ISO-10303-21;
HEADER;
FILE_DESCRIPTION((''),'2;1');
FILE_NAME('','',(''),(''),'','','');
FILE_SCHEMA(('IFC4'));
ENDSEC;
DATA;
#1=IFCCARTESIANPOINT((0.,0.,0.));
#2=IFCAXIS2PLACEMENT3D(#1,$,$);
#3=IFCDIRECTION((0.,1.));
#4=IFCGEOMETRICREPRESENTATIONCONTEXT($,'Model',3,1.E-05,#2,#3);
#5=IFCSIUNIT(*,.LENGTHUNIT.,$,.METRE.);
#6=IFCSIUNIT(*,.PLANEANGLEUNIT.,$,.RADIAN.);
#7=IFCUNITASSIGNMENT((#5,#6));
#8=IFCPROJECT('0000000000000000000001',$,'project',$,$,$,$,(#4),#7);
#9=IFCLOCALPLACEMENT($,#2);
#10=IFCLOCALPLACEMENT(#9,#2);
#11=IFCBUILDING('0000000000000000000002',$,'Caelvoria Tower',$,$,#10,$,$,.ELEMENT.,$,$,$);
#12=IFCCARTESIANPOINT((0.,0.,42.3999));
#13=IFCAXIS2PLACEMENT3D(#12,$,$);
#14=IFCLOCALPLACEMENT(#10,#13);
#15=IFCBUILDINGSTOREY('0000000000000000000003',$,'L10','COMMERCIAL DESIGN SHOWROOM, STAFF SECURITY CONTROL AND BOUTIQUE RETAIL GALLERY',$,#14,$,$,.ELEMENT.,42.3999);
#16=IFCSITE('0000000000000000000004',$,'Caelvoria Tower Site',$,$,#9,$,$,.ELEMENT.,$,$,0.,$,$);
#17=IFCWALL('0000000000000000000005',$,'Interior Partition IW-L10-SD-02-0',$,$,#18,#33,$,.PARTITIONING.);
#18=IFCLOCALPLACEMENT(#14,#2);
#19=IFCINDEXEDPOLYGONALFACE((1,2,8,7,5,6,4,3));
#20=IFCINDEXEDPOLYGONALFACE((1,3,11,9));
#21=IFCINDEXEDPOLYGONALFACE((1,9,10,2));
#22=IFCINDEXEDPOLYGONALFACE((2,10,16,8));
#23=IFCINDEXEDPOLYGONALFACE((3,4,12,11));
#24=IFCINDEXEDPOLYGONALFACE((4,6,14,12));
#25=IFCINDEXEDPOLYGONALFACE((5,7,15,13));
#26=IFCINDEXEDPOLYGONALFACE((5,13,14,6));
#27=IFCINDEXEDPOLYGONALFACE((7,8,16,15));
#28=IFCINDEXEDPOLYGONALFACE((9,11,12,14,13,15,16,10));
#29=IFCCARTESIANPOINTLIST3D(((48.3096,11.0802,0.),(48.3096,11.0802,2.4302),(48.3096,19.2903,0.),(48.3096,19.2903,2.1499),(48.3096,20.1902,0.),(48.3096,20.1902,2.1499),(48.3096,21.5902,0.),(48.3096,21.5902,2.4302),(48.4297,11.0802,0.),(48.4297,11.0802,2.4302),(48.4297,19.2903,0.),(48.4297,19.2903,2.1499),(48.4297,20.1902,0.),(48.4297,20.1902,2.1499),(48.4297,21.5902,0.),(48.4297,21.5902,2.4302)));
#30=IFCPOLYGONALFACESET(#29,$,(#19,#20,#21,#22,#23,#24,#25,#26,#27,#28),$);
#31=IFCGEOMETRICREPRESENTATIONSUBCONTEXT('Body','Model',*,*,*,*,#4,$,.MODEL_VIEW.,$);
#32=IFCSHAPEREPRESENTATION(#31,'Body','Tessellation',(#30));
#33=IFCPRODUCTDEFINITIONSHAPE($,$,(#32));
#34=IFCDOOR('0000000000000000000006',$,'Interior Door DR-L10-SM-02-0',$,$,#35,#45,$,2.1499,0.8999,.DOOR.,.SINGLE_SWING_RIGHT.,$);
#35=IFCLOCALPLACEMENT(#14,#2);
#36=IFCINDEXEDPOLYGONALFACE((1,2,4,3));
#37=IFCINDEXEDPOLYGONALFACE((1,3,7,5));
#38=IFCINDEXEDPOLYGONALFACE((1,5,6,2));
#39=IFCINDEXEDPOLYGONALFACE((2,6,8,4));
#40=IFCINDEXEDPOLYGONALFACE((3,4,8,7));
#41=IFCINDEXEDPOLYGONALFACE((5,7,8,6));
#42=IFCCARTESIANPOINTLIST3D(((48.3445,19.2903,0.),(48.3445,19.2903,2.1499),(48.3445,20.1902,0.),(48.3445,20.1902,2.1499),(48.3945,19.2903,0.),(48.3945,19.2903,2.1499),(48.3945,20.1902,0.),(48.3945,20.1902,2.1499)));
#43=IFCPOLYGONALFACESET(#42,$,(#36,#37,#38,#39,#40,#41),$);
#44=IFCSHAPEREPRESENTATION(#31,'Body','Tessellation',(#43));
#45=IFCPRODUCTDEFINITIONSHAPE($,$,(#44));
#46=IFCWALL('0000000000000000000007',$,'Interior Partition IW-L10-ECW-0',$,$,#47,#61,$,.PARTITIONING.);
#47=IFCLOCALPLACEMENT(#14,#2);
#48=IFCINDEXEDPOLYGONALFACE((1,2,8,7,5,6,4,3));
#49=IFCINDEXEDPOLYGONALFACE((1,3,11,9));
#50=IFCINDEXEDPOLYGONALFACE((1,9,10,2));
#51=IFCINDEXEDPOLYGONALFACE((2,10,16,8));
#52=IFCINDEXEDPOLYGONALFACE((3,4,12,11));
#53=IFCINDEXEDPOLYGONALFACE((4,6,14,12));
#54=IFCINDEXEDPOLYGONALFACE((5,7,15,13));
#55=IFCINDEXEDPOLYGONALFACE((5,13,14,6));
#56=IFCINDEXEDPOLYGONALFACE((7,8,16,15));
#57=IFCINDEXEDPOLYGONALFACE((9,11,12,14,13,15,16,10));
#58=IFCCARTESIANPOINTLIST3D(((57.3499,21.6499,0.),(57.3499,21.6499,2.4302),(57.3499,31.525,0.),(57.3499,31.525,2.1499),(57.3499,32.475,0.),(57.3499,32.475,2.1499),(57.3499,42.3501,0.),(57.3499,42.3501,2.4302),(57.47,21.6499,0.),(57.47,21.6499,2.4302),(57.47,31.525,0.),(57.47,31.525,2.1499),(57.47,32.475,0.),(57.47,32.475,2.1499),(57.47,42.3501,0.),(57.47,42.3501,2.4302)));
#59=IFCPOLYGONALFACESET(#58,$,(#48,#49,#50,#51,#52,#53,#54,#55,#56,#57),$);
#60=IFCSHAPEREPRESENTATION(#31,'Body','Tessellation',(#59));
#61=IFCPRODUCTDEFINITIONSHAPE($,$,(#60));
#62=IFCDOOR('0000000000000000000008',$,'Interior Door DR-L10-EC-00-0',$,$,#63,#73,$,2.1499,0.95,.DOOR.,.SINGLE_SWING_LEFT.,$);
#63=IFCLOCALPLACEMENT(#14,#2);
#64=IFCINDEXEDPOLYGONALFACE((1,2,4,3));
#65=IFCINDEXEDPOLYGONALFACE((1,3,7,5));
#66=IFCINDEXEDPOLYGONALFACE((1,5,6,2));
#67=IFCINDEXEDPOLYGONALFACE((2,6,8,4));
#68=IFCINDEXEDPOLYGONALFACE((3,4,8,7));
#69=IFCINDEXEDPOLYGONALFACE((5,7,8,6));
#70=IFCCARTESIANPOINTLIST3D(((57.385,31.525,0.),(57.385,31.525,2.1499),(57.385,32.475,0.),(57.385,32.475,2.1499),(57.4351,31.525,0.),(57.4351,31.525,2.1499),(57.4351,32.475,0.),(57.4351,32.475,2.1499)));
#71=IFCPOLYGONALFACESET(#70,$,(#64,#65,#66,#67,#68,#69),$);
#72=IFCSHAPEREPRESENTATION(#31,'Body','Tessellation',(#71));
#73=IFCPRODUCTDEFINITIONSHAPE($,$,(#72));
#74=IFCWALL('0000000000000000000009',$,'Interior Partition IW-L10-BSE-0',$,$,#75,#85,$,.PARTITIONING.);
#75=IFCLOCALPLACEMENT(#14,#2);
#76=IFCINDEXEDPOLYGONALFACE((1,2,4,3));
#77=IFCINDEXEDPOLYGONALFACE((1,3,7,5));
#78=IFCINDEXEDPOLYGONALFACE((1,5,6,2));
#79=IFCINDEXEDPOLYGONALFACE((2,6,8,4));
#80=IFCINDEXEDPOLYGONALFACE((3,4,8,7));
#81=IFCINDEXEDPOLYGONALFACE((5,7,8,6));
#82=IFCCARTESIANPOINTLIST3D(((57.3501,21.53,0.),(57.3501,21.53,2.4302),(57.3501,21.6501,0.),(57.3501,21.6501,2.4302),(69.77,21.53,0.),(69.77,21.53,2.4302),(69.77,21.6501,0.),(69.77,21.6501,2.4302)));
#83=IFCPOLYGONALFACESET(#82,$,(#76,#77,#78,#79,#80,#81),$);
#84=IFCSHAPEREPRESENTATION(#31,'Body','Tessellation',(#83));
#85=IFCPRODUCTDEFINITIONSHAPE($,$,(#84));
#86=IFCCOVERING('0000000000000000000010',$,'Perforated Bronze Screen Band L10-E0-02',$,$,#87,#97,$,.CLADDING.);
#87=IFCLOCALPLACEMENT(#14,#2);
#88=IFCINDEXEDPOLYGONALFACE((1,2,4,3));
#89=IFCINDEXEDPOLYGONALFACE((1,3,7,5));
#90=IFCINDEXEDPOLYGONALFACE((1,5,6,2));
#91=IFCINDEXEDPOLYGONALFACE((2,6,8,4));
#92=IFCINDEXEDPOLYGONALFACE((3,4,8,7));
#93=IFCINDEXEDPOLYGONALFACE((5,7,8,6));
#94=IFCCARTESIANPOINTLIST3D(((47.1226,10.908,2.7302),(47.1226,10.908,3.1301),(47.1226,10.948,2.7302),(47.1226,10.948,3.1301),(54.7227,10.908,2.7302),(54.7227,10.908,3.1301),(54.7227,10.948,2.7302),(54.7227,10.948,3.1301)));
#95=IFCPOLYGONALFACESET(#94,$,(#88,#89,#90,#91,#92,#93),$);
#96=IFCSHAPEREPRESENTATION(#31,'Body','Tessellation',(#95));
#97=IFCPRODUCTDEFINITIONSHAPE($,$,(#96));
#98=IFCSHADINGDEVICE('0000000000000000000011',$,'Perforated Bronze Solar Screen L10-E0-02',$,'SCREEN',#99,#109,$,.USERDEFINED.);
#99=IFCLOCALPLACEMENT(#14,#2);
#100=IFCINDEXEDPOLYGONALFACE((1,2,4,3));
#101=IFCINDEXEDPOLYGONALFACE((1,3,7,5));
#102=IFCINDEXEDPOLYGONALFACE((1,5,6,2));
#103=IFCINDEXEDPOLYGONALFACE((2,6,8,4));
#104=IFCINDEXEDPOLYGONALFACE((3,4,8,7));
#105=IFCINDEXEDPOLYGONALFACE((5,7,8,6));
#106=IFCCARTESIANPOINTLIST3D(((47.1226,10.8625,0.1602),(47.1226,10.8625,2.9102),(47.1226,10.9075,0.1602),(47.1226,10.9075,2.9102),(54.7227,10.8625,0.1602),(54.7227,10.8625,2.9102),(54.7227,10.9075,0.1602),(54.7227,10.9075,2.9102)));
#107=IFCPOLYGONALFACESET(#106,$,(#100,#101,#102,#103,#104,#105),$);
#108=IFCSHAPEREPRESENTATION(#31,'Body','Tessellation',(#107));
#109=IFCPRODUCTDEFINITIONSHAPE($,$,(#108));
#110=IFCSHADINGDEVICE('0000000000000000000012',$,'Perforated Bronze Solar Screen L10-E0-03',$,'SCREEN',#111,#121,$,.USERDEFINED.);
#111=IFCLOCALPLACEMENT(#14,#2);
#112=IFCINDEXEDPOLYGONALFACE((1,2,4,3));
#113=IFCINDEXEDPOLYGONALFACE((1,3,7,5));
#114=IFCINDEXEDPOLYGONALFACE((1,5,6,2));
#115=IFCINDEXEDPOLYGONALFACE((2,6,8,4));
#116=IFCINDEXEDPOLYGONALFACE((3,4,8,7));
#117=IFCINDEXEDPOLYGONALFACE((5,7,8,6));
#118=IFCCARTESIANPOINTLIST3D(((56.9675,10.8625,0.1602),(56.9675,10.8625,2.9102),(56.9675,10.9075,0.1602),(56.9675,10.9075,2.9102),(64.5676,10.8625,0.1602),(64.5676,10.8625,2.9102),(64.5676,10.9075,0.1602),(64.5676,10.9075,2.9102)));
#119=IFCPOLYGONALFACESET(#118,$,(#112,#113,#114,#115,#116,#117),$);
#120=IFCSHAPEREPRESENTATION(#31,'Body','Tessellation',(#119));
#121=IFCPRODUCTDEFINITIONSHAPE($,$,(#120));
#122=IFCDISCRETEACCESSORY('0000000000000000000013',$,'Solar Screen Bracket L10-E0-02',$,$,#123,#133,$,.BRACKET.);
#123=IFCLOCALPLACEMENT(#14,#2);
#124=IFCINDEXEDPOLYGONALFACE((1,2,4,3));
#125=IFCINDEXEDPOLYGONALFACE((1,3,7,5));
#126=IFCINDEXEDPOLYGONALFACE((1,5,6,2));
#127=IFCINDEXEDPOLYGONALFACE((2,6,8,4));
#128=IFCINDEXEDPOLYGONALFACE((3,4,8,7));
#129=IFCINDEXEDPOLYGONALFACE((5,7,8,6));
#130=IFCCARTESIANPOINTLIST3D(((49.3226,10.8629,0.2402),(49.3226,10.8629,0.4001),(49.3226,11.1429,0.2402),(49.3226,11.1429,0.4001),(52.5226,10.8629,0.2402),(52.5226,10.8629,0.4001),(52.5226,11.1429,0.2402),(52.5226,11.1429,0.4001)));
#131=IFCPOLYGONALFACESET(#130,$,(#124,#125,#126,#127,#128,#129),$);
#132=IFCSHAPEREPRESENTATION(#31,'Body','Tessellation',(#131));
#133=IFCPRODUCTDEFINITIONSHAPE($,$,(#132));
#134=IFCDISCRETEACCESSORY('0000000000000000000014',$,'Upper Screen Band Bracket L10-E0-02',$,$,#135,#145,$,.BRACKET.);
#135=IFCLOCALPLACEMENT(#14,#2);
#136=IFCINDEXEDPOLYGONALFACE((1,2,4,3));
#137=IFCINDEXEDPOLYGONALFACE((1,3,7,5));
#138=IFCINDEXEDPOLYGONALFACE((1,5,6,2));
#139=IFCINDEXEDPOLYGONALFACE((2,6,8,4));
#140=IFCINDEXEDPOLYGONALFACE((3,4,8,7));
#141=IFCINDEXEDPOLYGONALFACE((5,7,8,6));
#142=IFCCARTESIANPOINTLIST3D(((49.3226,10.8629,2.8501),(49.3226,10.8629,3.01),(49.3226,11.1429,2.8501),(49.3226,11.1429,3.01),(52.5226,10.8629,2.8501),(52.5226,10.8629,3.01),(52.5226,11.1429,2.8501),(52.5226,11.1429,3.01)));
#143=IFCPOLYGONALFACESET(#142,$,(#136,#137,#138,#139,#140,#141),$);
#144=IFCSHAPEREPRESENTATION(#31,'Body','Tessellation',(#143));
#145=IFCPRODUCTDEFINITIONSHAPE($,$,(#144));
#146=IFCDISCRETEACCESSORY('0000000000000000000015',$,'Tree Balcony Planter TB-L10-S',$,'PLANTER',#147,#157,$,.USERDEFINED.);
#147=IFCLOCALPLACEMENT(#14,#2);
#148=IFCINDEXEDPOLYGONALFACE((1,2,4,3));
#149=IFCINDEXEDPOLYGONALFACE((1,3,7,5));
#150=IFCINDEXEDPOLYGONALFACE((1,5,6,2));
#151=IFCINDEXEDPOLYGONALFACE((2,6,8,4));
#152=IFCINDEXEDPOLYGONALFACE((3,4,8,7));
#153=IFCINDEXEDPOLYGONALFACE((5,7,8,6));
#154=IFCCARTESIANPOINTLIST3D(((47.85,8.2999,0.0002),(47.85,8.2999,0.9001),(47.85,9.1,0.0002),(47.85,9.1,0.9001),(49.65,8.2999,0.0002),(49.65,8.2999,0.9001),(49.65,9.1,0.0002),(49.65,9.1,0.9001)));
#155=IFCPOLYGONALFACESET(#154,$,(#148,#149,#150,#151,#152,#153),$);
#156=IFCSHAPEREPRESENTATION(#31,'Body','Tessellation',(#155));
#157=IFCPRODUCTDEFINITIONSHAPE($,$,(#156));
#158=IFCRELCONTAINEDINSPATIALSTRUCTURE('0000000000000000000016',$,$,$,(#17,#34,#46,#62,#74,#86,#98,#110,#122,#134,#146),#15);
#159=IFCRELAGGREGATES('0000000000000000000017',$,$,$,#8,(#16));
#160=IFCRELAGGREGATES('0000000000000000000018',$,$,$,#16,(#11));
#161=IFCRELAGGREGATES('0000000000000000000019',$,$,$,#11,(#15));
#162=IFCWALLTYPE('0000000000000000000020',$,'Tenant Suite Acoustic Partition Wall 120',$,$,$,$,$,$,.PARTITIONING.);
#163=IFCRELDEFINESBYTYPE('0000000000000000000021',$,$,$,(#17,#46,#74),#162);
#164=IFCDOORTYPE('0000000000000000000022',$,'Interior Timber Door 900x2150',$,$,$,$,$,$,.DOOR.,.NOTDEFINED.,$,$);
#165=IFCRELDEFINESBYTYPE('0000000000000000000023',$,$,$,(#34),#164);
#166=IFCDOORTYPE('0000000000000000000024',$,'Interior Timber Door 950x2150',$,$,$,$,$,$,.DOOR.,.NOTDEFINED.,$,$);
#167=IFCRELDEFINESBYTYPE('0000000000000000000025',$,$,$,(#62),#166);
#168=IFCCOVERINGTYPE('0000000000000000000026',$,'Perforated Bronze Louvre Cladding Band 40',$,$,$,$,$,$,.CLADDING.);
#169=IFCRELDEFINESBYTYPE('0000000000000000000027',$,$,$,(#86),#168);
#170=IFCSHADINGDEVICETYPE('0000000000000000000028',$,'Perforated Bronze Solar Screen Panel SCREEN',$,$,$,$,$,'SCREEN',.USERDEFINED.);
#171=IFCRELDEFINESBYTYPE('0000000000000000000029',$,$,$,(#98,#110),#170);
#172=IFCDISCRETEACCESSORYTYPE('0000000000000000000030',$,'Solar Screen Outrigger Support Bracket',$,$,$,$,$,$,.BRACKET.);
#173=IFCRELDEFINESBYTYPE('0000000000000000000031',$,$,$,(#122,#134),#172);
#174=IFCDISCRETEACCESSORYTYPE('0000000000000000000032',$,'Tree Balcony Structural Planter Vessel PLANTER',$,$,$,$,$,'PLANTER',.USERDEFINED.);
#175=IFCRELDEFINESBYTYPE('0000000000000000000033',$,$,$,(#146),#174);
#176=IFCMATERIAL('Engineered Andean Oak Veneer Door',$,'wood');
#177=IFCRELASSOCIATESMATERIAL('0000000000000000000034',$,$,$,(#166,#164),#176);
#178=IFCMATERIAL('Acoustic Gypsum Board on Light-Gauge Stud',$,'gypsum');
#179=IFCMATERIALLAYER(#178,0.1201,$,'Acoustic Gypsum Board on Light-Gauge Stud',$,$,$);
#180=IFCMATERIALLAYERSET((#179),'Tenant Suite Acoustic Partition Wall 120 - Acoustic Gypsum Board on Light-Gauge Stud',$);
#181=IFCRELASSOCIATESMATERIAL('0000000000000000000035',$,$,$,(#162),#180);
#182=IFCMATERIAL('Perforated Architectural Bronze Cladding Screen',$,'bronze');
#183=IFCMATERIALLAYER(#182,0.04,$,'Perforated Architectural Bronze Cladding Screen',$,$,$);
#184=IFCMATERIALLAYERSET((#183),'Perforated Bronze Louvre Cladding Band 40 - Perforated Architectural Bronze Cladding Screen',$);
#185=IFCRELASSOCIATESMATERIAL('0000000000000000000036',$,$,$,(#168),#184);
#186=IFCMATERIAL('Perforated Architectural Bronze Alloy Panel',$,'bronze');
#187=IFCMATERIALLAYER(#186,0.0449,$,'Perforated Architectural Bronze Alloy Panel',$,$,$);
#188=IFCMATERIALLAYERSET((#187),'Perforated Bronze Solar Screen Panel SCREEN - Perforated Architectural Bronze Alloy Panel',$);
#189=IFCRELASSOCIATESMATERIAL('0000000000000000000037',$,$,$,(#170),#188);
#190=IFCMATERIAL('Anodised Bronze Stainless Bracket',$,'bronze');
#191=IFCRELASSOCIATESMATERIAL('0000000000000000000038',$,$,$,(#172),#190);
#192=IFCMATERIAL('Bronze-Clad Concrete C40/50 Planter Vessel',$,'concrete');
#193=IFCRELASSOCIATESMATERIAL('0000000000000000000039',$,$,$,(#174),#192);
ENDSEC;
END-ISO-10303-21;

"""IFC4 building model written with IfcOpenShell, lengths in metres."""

from ifc_helpers import new_model, si_unit, direction, frame, frame_2d, origin, origin_2d, place, context, subcontext, project, spatial, rectangle, extrude, material, layer, layer_set, type_object, element, fill, save


model = new_model("IFC4")

# Units and contexts
model_context = context("Model", 3, precision=1e-05, world=origin(), true_north=direction((0.0, 1.0)))
body_context = subcontext(model_context, "Body", "Model", "MODEL_VIEW")
ifc_project = project(units=[si_unit("LENGTHUNIT", "METRE"), si_unit("PLANEANGLEUNIT", "RADIAN")], contexts=[model_context])

# Site, building, storey
site_placement = place(None, origin())
site = spatial("IfcSite", under=ifc_project, at=site_placement, Name="Caelvoria Tower Site", CompositionType="ELEMENT", RefElevation=0.0)
building_placement = place(site_placement, origin())
building = spatial("IfcBuilding", under=site, at=building_placement, Name="Caelvoria Tower", CompositionType="ELEMENT")
storey_placement = place(building_placement, frame((0.0, 0.0, 42.3999)))
storey = spatial("IfcBuildingStorey", under=building, at=storey_placement, Name="L10", Description="COMMERCIAL DESIGN SHOWROOM, STAFF SECURITY CONTROL AND BOUTIQUE RETAIL GALLERY", CompositionType="ELEMENT", Elevation=42.3999)

# Shared definitions
ifc_material_1 = material(Name="Engineered Andean Oak Veneer Door", Category="wood")
door_type_1 = type_object("IfcDoorType", Name="Interior Timber Door 950x2150", OperationType="NOTDEFINED", PredefinedType="DOOR", material=ifc_material_1)

# Walls, openings, doors
ifc_material_2 = material(Name="Acoustic Gypsum Board on Light-Gauge Stud", Category="gypsum")
ifc_layer_1 = layer(ifc_material_2, 0.1201, Name="Acoustic Gypsum Board on Light-Gauge Stud")
ifc_layer_set_1 = layer_set([ifc_layer_1], Name="Tenant Suite Acoustic Partition Wall 120 - Acoustic Gypsum Board on Light-Gauge Stud")
wall_type_1 = type_object("IfcWallType", Name="Tenant Suite Acoustic Partition Wall 120", PredefinedType="PARTITIONING", material=ifc_layer_set_1)
door_type_2 = type_object("IfcDoorType", Name="Interior Timber Door 900x2150", OperationType="NOTDEFINED", PredefinedType="DOOR", material=ifc_material_1)
wall_1_placement = place(storey_placement, frame((48.3696, 21.5901, 0.0), z_axis=(0.0, 0.0, 1.0), x_axis=(0.0, -1.0, 0.0)))
wall_1 = element("IfcWall", 1, at=wall_1_placement, inside=storey, type_object=wall_type_1, Name="Interior Partition IW-L10-SD-02-0", PredefinedType="PARTITIONING", context=body_context, shape_type="SweptSolid", body=[
    extrude(rectangle(XDim=10.51, YDim=0.1201, at=frame_2d((5.2549, 0.0))), origin(), (0.0, 0.0, 1.0), 2.4302),
])
opening_1_placement = place(wall_1_placement, frame((1.3999, 0.0, 0.0)))
opening_1 = element("IfcOpeningElement", 2, at=opening_1_placement, cuts=wall_1, PredefinedType="OPENING", context=body_context, shape_type="SweptSolid", body=[
    extrude(rectangle(XDim=0.8999, YDim=2.1499, at=frame_2d((0.45, 1.075))), frame((0.0, 0.0701, 0.0), z_axis=(0.0, -1.0, 0.0), x_axis=(1.0, 0.0, 0.0)), (0.0, 0.0, 1.0), 0.1401),
])
door_1_placement = place(opening_1_placement, origin())
door_1 = element("IfcDoor", 3, at=door_1_placement, inside=storey, type_object=door_type_2, Name="Interior Door DR-L10-SM-02-0", OperationType="SINGLE_SWING_RIGHT", OverallHeight=2.1499, OverallWidth=0.8999, PredefinedType="DOOR", context=body_context, shape_type="SweptSolid", body=[
    extrude(rectangle(XDim=0.8999, YDim=2.1499, at=frame_2d((0.45, 1.075))), frame((0.0, 0.0249, 0.0), z_axis=(0.0, -1.0, 0.0), x_axis=(1.0, 0.0, 0.0)), (0.0, 0.0, 1.0), 0.05),
])
fill(opening_1, door_1)
wall_2_placement = place(storey_placement, frame((57.4099, 21.6499, 0.0), z_axis=(0.0, 0.0, 1.0), x_axis=(0.0, 1.0, 0.0)))
wall_2 = element("IfcWall", 4, at=wall_2_placement, inside=storey, type_object=wall_type_1, Name="Interior Partition IW-L10-ECW-0", PredefinedType="PARTITIONING", context=body_context, shape_type="SweptSolid", body=[
    extrude(rectangle(XDim=20.7002, YDim=0.1201, at=frame_2d((10.3501, 0.0))), origin(), (0.0, 0.0, 1.0), 2.4302),
])
opening_2_placement = place(wall_2_placement, frame((9.875, 0.0, 0.0)))
opening_2 = element("IfcOpeningElement", 5, at=opening_2_placement, cuts=wall_2, PredefinedType="OPENING", context=body_context, shape_type="SweptSolid", body=[
    extrude(rectangle(XDim=0.95, YDim=2.1499, at=frame_2d((0.4751, 1.075))), frame((0.0, 0.0701, 0.0), z_axis=(0.0, -1.0, 0.0), x_axis=(1.0, 0.0, 0.0)), (0.0, 0.0, 1.0), 0.1401),
])
door_2_placement = place(opening_2_placement, origin())
door_2 = element("IfcDoor", 6, at=door_2_placement, inside=storey, type_object=door_type_1, Name="Interior Door DR-L10-EC-00-0", OperationType="SINGLE_SWING_LEFT", OverallHeight=2.1499, OverallWidth=0.95, PredefinedType="DOOR", context=body_context, shape_type="SweptSolid", body=[
    extrude(rectangle(XDim=0.95, YDim=2.1499, at=frame_2d((0.4751, 1.075))), frame((0.0, 0.0249, 0.0), z_axis=(0.0, -1.0, 0.0), x_axis=(1.0, 0.0, 0.0)), (0.0, 0.0, 1.0), 0.05),
])
fill(opening_2, door_2)

# Wall
wall_3_placement = place(storey_placement, frame((57.3501, 21.5901, 0.0), z_axis=(0.0, 0.0, 1.0), x_axis=(1.0, 0.0, 0.0)))
element("IfcWall", 7, at=wall_3_placement, inside=storey, type_object=wall_type_1, Name="Interior Partition IW-L10-BSE-0", PredefinedType="PARTITIONING", context=body_context, shape_type="SweptSolid", body=[
    extrude(rectangle(XDim=12.4199, YDim=0.1201, at=frame_2d((6.21, 0.0))), origin(), (0.0, 0.0, 1.0), 2.4302),
])

# Covering
ifc_material_3 = material(Name="Perforated Architectural Bronze Cladding Screen", Category="bronze")
ifc_layer_2 = layer(ifc_material_3, 0.04, Name="Perforated Architectural Bronze Cladding Screen")
ifc_layer_set_2 = layer_set([ifc_layer_2], Name="Perforated Bronze Louvre Cladding Band 40 - Perforated Architectural Bronze Cladding Screen")
covering_type = type_object("IfcCoveringType", Name="Perforated Bronze Louvre Cladding Band 40", PredefinedType="CLADDING", material=ifc_layer_set_2)
covering_placement = place(storey_placement, frame((50.9226, 10.928, 2.7302), z_axis=(0.0, 0.0, 1.0), x_axis=(1.0, 0.0, 0.0)))
element("IfcCovering", 8, at=covering_placement, inside=storey, type_object=covering_type, Name="Perforated Bronze Screen Band L10-E0-02", PredefinedType="CLADDING", context=body_context, shape_type="SweptSolid", body=[
    extrude(rectangle(XDim=7.6001, YDim=0.04, at=origin_2d()), origin(), (0.0, 0.0, 1.0), 0.3999),
])

# Shading devices
ifc_material_4 = material(Name="Perforated Architectural Bronze Alloy Panel", Category="bronze")
ifc_layer_3 = layer(ifc_material_4, 0.0449, Name="Perforated Architectural Bronze Alloy Panel")
ifc_layer_set_3 = layer_set([ifc_layer_3], Name="Perforated Bronze Solar Screen Panel SCREEN - Perforated Architectural Bronze Alloy Panel")
shading_device_type = type_object("IfcShadingDeviceType", Name="Perforated Bronze Solar Screen Panel SCREEN", ElementType="SCREEN", PredefinedType="USERDEFINED", material=ifc_layer_set_3)
for number, where, z_axis, x_axis, name in (
    (9, (50.9226, 10.885, 0.1602), (0.0, 0.0, 1.0), (1.0, 0.0, 0.0), "Perforated Bronze Solar Screen L10-E0-02"),
    (10, (60.7676, 10.885, 0.1602), (0.0, 0.0, 1.0), (1.0, 0.0, 0.0), "Perforated Bronze Solar Screen L10-E0-03"),
):
    element("IfcShadingDevice", number, at=place(storey_placement, frame(where, z_axis=z_axis, x_axis=x_axis)), inside=storey, type_object=shading_device_type, Name=name, ObjectType="SCREEN", PredefinedType="USERDEFINED", context=body_context, shape_type="SweptSolid", body=[
        extrude(rectangle(XDim=7.6001, YDim=0.0449, at=origin_2d()), origin(), (0.0, 0.0, 1.0), 2.75),
    ])

# Discrete accessories
ifc_material_5 = material(Name="Anodised Bronze Stainless Bracket", Category="bronze")
discrete_accessory_type_1 = type_object("IfcDiscreteAccessoryType", Name="Solar Screen Outrigger Support Bracket", PredefinedType="BRACKET", material=ifc_material_5)
for number, where, z_axis, x_axis, name in (
    (11, (50.9226, 11.0029, 0.2402), (0.0, 0.0, 1.0), (1.0, 0.0, 0.0), "Solar Screen Bracket L10-E0-02"),
    (12, (50.9226, 11.0029, 2.8501), (0.0, 0.0, 1.0), (1.0, 0.0, 0.0), "Upper Screen Band Bracket L10-E0-02"),
):
    element("IfcDiscreteAccessory", number, at=place(storey_placement, frame(where, z_axis=z_axis, x_axis=x_axis)), inside=storey, type_object=discrete_accessory_type_1, Name=name, PredefinedType="BRACKET", context=body_context, shape_type="SweptSolid", body=[
        extrude(rectangle(XDim=3.2, YDim=0.28, at=origin_2d()), origin(), (0.0, 0.0, 1.0), 0.1599),
    ])
ifc_material_6 = material(Name="Bronze-Clad Concrete C40/50 Planter Vessel", Category="concrete")
discrete_accessory_type_2 = type_object("IfcDiscreteAccessoryType", Name="Tree Balcony Structural Planter Vessel PLANTER", ElementType="PLANTER", PredefinedType="USERDEFINED", material=ifc_material_6)
discrete_accessory_placement = place(storey_placement, frame((48.75, 8.7, 0.0002), z_axis=(0.0, 0.0, 1.0), x_axis=(1.0, 0.0, 0.0)))
element("IfcDiscreteAccessory", 13, at=discrete_accessory_placement, inside=storey, type_object=discrete_accessory_type_2, Name="Tree Balcony Planter TB-L10-S", ObjectType="PLANTER", PredefinedType="USERDEFINED", context=body_context, shape_type="SweptSolid", body=[
    extrude(rectangle(XDim=1.8, YDim=0.8, at=origin_2d()), origin(), (0.0, 0.0, 1.0), 0.8999),
])

save(model, "model.ifc")
